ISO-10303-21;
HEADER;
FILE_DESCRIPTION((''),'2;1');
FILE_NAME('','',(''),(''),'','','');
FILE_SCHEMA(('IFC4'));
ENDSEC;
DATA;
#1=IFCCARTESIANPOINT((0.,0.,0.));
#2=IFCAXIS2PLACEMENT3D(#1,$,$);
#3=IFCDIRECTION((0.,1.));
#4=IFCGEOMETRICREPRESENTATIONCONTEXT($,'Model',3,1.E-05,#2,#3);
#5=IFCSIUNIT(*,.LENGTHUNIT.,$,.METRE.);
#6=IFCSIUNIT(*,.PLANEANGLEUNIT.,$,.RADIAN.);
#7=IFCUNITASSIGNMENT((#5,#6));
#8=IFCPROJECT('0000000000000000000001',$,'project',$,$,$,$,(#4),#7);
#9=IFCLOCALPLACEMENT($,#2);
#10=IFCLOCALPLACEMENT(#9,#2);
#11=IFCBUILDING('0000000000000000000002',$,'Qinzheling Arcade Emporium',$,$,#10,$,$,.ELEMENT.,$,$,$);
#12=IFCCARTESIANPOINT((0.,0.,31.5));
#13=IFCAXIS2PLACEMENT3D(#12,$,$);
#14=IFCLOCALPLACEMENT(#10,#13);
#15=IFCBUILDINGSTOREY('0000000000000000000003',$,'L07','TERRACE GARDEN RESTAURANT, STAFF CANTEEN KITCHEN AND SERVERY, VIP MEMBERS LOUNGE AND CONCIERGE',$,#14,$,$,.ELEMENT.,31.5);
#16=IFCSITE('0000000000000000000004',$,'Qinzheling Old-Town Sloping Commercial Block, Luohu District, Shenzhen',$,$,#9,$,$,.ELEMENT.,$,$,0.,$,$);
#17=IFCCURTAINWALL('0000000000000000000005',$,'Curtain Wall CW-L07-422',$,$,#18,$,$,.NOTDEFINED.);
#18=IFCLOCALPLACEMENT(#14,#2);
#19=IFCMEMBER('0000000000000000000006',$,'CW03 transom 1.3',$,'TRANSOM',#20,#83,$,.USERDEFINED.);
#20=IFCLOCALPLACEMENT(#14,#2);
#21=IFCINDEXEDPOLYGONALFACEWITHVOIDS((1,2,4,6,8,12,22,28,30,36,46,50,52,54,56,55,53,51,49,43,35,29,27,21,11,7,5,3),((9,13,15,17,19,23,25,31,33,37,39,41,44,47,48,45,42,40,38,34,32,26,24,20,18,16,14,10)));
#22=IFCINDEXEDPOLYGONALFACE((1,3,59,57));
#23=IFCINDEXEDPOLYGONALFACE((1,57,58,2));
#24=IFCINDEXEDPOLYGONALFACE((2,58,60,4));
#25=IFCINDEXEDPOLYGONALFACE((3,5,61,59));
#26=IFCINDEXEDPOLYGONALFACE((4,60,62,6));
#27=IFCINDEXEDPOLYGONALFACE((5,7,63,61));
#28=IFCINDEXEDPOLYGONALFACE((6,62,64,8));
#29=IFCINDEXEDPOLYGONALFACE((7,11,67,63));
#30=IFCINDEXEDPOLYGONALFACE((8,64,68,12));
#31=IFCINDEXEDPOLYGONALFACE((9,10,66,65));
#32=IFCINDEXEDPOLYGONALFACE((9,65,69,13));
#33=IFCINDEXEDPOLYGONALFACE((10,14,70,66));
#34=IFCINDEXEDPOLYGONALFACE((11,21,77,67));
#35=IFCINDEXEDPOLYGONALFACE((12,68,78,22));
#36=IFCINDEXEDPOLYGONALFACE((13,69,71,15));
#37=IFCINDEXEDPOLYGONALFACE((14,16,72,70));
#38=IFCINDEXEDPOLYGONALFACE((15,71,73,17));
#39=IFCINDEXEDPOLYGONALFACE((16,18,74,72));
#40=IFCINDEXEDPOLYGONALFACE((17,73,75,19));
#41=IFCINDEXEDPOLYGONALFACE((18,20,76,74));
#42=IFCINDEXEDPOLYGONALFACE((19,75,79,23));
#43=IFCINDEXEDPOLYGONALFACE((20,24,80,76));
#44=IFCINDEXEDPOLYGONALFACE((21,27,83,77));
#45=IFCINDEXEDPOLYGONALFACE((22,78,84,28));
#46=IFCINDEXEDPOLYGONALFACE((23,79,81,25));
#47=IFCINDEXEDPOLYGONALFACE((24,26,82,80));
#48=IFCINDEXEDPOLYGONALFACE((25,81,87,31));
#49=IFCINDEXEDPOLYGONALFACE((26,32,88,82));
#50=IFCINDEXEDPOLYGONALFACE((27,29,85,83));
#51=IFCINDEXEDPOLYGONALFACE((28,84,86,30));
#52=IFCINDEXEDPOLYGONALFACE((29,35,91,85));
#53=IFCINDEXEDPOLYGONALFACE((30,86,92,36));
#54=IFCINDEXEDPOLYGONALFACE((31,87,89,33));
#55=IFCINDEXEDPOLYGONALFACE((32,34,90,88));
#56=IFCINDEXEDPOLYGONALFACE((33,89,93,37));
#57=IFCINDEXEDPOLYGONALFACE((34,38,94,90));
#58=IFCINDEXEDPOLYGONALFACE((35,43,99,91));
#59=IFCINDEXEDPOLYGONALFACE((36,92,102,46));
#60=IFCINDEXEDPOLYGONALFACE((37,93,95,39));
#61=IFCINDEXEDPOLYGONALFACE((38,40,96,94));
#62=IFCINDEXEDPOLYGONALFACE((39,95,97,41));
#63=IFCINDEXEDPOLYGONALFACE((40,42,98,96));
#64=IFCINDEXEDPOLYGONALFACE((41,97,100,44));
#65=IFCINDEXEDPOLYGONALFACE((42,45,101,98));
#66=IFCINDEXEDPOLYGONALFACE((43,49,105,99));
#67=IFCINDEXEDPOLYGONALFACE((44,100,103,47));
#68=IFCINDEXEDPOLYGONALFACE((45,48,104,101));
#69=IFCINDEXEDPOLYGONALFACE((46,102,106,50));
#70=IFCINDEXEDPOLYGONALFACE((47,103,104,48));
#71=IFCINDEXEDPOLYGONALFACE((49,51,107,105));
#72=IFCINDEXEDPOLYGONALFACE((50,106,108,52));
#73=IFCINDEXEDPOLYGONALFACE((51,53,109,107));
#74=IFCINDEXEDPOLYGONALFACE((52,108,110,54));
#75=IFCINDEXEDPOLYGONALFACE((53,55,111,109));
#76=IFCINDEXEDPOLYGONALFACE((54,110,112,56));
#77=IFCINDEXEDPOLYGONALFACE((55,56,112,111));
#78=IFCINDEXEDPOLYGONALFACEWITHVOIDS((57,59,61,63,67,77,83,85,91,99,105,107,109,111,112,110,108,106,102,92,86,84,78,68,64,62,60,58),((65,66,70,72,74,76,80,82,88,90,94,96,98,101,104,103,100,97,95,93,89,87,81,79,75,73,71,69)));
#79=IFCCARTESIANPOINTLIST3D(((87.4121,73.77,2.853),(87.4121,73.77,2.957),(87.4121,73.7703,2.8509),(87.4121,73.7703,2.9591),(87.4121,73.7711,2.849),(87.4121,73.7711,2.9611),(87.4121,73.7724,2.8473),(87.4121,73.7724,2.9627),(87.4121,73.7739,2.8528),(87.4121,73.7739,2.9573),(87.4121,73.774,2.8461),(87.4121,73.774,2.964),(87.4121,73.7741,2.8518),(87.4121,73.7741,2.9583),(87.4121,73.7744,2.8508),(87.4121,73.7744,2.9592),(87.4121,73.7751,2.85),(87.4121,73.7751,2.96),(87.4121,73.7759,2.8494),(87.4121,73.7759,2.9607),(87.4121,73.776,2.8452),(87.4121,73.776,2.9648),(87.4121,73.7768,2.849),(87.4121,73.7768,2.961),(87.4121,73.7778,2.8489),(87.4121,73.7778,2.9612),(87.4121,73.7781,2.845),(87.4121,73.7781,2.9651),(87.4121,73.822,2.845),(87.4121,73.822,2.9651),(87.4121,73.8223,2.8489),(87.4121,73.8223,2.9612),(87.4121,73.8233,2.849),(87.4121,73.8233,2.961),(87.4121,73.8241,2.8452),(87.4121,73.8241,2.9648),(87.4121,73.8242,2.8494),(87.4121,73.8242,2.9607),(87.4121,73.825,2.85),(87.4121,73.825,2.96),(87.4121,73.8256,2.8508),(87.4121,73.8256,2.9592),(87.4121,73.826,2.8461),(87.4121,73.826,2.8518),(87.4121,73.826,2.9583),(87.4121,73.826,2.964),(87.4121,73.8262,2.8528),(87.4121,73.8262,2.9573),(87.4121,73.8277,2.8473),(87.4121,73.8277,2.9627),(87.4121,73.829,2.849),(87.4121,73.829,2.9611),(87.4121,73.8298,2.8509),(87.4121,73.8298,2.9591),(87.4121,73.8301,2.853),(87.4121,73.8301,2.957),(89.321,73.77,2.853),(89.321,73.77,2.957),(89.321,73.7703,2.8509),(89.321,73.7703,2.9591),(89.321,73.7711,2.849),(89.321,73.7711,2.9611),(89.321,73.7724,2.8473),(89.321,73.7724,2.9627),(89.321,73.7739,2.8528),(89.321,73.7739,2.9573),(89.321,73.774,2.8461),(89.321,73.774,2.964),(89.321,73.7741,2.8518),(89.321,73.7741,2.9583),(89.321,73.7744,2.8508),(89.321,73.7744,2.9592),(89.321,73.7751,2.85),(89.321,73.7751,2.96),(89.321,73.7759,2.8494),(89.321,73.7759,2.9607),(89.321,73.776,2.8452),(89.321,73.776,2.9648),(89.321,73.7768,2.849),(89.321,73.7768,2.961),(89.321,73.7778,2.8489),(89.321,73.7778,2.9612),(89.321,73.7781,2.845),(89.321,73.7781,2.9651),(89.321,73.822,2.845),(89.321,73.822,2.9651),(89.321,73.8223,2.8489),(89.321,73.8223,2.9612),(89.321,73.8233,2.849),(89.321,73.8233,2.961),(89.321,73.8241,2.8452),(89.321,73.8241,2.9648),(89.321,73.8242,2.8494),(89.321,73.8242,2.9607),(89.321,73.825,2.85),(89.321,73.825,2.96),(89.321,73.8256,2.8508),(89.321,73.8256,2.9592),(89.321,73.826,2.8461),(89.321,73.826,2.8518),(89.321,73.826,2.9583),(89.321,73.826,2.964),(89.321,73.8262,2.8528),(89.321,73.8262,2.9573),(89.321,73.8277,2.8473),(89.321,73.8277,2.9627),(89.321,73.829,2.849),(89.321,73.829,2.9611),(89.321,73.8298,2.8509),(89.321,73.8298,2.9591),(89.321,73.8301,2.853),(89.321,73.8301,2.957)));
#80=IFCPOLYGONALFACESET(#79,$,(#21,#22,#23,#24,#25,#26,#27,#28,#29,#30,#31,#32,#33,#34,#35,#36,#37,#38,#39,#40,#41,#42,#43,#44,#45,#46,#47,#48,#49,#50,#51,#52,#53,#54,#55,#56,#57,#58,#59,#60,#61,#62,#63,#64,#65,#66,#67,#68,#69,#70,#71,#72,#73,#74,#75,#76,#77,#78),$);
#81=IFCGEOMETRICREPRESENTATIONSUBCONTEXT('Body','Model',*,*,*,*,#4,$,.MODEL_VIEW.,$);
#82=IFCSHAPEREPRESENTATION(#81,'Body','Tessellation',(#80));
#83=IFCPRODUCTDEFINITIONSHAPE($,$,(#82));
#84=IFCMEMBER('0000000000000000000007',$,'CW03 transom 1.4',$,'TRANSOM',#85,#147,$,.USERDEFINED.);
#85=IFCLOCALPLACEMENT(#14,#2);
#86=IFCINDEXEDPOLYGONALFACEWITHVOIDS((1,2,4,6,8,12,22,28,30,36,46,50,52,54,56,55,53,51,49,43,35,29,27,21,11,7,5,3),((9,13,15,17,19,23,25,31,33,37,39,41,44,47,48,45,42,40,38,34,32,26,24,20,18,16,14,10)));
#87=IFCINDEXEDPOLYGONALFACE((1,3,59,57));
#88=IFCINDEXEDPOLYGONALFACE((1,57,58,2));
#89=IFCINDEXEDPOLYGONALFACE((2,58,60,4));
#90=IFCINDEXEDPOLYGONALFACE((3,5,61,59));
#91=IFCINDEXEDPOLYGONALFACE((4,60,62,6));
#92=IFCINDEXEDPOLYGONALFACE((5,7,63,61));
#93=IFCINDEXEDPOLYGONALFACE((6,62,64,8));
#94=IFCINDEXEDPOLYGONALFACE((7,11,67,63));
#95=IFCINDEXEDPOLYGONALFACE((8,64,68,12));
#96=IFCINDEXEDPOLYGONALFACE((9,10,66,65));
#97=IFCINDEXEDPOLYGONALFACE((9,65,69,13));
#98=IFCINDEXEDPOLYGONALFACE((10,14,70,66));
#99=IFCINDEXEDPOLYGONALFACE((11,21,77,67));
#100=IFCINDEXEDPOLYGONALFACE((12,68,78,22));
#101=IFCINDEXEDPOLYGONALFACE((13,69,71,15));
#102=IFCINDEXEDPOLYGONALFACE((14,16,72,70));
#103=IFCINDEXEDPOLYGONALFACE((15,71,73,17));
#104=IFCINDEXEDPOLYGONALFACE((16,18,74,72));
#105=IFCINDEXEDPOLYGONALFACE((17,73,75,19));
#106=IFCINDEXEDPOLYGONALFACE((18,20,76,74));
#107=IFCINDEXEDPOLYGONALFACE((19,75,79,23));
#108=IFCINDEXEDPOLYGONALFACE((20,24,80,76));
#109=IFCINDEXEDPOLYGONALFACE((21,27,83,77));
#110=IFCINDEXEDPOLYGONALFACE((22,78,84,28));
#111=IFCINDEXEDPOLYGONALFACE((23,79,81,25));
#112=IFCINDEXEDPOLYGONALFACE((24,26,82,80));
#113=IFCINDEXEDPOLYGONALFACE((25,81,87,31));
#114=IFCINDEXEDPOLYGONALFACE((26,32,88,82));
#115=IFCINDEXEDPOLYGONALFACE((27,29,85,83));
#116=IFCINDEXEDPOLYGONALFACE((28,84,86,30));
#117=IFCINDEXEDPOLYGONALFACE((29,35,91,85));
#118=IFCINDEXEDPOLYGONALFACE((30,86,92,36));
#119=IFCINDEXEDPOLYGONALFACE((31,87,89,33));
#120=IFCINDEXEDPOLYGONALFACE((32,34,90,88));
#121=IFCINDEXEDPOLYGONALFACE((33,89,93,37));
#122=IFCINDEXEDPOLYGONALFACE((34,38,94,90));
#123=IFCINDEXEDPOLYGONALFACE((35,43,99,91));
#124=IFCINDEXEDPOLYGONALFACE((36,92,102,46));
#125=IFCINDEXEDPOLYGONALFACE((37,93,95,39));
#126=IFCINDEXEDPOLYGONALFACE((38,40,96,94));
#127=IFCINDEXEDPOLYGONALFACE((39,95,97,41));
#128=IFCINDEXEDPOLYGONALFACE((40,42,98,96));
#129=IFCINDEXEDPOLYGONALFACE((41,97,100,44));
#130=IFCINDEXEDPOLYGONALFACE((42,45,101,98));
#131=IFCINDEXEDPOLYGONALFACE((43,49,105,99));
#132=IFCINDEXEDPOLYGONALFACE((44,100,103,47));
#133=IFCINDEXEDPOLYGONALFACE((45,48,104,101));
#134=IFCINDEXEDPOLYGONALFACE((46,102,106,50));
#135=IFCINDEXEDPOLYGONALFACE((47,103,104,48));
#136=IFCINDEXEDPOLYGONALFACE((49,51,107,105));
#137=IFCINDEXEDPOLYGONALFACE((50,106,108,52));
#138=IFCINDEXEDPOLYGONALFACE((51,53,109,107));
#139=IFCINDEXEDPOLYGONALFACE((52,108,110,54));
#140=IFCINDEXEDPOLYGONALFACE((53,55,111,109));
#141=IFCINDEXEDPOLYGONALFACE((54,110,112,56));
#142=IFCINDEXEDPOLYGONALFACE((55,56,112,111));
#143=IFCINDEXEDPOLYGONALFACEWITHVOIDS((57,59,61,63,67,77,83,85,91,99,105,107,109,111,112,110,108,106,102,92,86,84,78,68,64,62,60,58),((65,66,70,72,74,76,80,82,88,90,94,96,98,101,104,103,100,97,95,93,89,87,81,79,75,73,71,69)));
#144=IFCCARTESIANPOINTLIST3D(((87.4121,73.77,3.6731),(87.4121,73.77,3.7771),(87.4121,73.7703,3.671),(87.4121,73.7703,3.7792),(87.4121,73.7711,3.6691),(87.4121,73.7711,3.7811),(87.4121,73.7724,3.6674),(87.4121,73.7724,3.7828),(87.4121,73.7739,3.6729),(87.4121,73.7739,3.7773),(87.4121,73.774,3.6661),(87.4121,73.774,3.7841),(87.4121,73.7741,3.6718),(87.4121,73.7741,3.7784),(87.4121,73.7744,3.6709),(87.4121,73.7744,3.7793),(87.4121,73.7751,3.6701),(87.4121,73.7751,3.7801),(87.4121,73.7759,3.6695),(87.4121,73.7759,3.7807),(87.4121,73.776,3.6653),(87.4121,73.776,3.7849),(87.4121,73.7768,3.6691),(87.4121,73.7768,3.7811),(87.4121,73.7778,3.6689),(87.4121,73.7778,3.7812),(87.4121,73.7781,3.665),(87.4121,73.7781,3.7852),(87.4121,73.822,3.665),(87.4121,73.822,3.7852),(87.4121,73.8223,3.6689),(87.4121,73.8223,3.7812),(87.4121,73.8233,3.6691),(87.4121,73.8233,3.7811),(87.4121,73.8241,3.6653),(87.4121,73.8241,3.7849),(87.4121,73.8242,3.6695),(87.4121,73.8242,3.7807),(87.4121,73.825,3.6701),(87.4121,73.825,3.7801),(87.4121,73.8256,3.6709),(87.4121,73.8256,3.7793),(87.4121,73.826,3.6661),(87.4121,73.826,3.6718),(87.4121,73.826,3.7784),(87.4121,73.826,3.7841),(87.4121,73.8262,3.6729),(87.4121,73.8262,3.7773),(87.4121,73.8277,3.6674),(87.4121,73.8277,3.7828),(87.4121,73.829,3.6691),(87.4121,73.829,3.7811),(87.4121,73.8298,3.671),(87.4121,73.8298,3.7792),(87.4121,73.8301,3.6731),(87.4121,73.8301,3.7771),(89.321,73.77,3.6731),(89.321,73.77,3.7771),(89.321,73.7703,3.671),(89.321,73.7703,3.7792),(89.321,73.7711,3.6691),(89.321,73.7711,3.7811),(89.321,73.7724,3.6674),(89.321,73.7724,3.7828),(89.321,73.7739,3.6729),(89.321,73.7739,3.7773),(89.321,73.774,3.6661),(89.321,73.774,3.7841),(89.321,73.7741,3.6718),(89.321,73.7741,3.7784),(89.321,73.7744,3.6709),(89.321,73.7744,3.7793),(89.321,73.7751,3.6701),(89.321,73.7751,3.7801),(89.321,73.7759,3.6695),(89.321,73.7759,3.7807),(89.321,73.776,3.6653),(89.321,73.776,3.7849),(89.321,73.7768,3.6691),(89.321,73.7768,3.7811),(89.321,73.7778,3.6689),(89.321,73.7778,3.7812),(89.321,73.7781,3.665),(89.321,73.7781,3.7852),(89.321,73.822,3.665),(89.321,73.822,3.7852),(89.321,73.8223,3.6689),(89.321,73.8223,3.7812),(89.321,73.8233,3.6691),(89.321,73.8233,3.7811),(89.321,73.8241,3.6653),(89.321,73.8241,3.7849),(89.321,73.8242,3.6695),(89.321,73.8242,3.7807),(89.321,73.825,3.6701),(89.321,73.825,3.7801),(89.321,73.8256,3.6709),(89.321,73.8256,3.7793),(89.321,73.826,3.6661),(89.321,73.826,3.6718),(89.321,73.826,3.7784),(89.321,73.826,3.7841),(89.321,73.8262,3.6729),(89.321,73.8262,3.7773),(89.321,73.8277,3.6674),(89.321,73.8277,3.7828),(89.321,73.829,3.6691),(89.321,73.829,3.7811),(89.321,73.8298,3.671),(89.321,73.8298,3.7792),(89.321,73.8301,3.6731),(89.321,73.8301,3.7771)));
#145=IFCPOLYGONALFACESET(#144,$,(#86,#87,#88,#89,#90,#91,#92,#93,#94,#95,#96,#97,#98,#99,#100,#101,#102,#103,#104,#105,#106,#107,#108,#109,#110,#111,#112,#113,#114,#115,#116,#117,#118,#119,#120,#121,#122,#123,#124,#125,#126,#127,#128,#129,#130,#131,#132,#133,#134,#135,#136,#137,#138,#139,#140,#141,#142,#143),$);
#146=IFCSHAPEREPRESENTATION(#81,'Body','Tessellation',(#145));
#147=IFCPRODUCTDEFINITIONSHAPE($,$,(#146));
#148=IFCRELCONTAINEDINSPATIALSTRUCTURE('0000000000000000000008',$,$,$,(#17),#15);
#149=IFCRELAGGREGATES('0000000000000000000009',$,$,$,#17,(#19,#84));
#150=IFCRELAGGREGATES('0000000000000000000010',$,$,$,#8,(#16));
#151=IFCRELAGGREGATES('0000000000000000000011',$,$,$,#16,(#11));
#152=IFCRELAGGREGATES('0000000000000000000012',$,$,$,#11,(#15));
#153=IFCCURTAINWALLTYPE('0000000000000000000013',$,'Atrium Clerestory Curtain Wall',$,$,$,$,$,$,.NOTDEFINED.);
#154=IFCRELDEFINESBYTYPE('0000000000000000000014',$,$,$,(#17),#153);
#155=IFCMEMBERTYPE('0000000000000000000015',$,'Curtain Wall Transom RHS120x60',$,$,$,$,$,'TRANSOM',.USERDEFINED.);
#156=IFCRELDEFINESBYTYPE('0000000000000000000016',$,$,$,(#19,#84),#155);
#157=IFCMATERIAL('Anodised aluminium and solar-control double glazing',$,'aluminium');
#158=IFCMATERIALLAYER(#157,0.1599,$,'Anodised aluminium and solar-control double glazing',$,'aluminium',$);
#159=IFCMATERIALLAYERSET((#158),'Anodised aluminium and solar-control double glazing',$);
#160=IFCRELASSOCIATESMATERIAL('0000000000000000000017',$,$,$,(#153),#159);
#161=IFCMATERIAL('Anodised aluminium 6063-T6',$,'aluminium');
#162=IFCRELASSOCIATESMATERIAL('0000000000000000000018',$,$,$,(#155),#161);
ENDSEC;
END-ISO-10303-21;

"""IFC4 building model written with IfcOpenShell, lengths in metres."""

from ifc_helpers import new_model, si_unit, direction, frame, origin, origin_2d, place, context, subcontext, project, spatial, hollow_rectangle, extrude, material, layer, layer_set, material_profile, profile_set, type_object, element, aggregate, save


model = new_model("IFC4")

# Units and contexts
model_context = context("Model", 3, precision=1e-05, world=origin(), true_north=direction((0.0, 1.0)))
body_context = subcontext(model_context, "Body", "Model", "MODEL_VIEW")
ifc_project = project(units=[si_unit("LENGTHUNIT", "METRE"), si_unit("PLANEANGLEUNIT", "RADIAN")], contexts=[model_context])

# Site, building, storey
site_placement = place(None, origin())
site = spatial("IfcSite", under=ifc_project, at=site_placement, Name="Qinzheling Old-Town Sloping Commercial Block, Luohu District, Shenzhen", CompositionType="ELEMENT", RefElevation=0.0)
building_placement = place(site_placement, origin())
building = spatial("IfcBuilding", under=site, at=building_placement, Name="Qinzheling Arcade Emporium", CompositionType="ELEMENT")
storey_placement = place(building_placement, frame((0.0, 0.0, 31.5)))
storey = spatial("IfcBuildingStorey", under=building, at=storey_placement, Name="L07", Description="TERRACE GARDEN RESTAURANT, STAFF CANTEEN KITCHEN AND SERVERY, VIP MEMBERS LOUNGE AND CONCIERGE", CompositionType="ELEMENT", Elevation=31.5)

# Shared definitions
ifc_material_1 = material(Name="Anodised aluminium and solar-control double glazing", Category="aluminium")
ifc_layer_1 = layer(ifc_material_1, 0.1599, Name="Anodised aluminium and solar-control double glazing", Category="aluminium")
ifc_layer_set_1 = layer_set([ifc_layer_1], Name="Anodised aluminium and solar-control double glazing")
curtain_wall_type = type_object("IfcCurtainWallType", Name="Atrium Clerestory Curtain Wall", PredefinedType="NOTDEFINED", material=ifc_layer_set_1)
ifc_material_2 = material(Name="Anodised aluminium 6063-T6", Category="aluminium")

# Curtain wall, members
curtain_wall_1_placement = place(storey_placement, origin())
curtain_wall_1 = element("IfcCurtainWall", 1, at=curtain_wall_1_placement, inside=storey, type_object=curtain_wall_type, Name="Curtain Wall CW-L07-422", PredefinedType="NOTDEFINED")
ifc_material_profile_1 = material_profile(ifc_material_2, hollow_rectangle(XDim=0.0601, YDim=0.1201, WallThickness=0.0039, InnerFilletRadius=0.0039, OuterFilletRadius=0.0081, at=origin_2d()), Name="RHS 120x60x4", Category="aluminium")
ifc_profile_set_1 = profile_set([ifc_material_profile_1], Name="Anodised aluminium 6063-T6")
member_type_1 = type_object("IfcMemberType", Name="Curtain Wall Transom RHS120x60", ElementType="TRANSOM", PredefinedType="USERDEFINED", material=ifc_profile_set_1)
member_1_placement = place(storey_placement, frame((87.4121, 73.8, 2.905), z_axis=(1.0, 0.0, 0.0), x_axis=(0.0, 1.0, 0.0)))
member_1 = element("IfcMember", 2, at=member_1_placement, type_object=member_type_1, Name="CW03 transom 1.3", ObjectType="TRANSOM", PredefinedType="USERDEFINED", context=body_context, shape_type="SweptSolid", body=[
    extrude(hollow_rectangle(XDim=0.0601, YDim=0.1201, WallThickness=0.0039, InnerFilletRadius=0.0039, OuterFilletRadius=0.0081, at=origin_2d()), origin(), (0.0, 0.0, 1.0), 1.9089),
])
member_2_placement = place(storey_placement, frame((87.4121, 73.8, 3.7251), z_axis=(1.0, 0.0, 0.0), x_axis=(0.0, 1.0, 0.0)))
member_2 = element("IfcMember", 3, at=member_2_placement, type_object=member_type_1, Name="CW03 transom 1.4", ObjectType="TRANSOM", PredefinedType="USERDEFINED", context=body_context, shape_type="SweptSolid", body=[
    extrude(hollow_rectangle(XDim=0.0601, YDim=0.1201, WallThickness=0.0039, InnerFilletRadius=0.0039, OuterFilletRadius=0.0081, at=origin_2d()), origin(), (0.0, 0.0, 1.0), 1.9089),
])

aggregate(curtain_wall_1, [member_1, member_2])

save(model, "model.ifc")
